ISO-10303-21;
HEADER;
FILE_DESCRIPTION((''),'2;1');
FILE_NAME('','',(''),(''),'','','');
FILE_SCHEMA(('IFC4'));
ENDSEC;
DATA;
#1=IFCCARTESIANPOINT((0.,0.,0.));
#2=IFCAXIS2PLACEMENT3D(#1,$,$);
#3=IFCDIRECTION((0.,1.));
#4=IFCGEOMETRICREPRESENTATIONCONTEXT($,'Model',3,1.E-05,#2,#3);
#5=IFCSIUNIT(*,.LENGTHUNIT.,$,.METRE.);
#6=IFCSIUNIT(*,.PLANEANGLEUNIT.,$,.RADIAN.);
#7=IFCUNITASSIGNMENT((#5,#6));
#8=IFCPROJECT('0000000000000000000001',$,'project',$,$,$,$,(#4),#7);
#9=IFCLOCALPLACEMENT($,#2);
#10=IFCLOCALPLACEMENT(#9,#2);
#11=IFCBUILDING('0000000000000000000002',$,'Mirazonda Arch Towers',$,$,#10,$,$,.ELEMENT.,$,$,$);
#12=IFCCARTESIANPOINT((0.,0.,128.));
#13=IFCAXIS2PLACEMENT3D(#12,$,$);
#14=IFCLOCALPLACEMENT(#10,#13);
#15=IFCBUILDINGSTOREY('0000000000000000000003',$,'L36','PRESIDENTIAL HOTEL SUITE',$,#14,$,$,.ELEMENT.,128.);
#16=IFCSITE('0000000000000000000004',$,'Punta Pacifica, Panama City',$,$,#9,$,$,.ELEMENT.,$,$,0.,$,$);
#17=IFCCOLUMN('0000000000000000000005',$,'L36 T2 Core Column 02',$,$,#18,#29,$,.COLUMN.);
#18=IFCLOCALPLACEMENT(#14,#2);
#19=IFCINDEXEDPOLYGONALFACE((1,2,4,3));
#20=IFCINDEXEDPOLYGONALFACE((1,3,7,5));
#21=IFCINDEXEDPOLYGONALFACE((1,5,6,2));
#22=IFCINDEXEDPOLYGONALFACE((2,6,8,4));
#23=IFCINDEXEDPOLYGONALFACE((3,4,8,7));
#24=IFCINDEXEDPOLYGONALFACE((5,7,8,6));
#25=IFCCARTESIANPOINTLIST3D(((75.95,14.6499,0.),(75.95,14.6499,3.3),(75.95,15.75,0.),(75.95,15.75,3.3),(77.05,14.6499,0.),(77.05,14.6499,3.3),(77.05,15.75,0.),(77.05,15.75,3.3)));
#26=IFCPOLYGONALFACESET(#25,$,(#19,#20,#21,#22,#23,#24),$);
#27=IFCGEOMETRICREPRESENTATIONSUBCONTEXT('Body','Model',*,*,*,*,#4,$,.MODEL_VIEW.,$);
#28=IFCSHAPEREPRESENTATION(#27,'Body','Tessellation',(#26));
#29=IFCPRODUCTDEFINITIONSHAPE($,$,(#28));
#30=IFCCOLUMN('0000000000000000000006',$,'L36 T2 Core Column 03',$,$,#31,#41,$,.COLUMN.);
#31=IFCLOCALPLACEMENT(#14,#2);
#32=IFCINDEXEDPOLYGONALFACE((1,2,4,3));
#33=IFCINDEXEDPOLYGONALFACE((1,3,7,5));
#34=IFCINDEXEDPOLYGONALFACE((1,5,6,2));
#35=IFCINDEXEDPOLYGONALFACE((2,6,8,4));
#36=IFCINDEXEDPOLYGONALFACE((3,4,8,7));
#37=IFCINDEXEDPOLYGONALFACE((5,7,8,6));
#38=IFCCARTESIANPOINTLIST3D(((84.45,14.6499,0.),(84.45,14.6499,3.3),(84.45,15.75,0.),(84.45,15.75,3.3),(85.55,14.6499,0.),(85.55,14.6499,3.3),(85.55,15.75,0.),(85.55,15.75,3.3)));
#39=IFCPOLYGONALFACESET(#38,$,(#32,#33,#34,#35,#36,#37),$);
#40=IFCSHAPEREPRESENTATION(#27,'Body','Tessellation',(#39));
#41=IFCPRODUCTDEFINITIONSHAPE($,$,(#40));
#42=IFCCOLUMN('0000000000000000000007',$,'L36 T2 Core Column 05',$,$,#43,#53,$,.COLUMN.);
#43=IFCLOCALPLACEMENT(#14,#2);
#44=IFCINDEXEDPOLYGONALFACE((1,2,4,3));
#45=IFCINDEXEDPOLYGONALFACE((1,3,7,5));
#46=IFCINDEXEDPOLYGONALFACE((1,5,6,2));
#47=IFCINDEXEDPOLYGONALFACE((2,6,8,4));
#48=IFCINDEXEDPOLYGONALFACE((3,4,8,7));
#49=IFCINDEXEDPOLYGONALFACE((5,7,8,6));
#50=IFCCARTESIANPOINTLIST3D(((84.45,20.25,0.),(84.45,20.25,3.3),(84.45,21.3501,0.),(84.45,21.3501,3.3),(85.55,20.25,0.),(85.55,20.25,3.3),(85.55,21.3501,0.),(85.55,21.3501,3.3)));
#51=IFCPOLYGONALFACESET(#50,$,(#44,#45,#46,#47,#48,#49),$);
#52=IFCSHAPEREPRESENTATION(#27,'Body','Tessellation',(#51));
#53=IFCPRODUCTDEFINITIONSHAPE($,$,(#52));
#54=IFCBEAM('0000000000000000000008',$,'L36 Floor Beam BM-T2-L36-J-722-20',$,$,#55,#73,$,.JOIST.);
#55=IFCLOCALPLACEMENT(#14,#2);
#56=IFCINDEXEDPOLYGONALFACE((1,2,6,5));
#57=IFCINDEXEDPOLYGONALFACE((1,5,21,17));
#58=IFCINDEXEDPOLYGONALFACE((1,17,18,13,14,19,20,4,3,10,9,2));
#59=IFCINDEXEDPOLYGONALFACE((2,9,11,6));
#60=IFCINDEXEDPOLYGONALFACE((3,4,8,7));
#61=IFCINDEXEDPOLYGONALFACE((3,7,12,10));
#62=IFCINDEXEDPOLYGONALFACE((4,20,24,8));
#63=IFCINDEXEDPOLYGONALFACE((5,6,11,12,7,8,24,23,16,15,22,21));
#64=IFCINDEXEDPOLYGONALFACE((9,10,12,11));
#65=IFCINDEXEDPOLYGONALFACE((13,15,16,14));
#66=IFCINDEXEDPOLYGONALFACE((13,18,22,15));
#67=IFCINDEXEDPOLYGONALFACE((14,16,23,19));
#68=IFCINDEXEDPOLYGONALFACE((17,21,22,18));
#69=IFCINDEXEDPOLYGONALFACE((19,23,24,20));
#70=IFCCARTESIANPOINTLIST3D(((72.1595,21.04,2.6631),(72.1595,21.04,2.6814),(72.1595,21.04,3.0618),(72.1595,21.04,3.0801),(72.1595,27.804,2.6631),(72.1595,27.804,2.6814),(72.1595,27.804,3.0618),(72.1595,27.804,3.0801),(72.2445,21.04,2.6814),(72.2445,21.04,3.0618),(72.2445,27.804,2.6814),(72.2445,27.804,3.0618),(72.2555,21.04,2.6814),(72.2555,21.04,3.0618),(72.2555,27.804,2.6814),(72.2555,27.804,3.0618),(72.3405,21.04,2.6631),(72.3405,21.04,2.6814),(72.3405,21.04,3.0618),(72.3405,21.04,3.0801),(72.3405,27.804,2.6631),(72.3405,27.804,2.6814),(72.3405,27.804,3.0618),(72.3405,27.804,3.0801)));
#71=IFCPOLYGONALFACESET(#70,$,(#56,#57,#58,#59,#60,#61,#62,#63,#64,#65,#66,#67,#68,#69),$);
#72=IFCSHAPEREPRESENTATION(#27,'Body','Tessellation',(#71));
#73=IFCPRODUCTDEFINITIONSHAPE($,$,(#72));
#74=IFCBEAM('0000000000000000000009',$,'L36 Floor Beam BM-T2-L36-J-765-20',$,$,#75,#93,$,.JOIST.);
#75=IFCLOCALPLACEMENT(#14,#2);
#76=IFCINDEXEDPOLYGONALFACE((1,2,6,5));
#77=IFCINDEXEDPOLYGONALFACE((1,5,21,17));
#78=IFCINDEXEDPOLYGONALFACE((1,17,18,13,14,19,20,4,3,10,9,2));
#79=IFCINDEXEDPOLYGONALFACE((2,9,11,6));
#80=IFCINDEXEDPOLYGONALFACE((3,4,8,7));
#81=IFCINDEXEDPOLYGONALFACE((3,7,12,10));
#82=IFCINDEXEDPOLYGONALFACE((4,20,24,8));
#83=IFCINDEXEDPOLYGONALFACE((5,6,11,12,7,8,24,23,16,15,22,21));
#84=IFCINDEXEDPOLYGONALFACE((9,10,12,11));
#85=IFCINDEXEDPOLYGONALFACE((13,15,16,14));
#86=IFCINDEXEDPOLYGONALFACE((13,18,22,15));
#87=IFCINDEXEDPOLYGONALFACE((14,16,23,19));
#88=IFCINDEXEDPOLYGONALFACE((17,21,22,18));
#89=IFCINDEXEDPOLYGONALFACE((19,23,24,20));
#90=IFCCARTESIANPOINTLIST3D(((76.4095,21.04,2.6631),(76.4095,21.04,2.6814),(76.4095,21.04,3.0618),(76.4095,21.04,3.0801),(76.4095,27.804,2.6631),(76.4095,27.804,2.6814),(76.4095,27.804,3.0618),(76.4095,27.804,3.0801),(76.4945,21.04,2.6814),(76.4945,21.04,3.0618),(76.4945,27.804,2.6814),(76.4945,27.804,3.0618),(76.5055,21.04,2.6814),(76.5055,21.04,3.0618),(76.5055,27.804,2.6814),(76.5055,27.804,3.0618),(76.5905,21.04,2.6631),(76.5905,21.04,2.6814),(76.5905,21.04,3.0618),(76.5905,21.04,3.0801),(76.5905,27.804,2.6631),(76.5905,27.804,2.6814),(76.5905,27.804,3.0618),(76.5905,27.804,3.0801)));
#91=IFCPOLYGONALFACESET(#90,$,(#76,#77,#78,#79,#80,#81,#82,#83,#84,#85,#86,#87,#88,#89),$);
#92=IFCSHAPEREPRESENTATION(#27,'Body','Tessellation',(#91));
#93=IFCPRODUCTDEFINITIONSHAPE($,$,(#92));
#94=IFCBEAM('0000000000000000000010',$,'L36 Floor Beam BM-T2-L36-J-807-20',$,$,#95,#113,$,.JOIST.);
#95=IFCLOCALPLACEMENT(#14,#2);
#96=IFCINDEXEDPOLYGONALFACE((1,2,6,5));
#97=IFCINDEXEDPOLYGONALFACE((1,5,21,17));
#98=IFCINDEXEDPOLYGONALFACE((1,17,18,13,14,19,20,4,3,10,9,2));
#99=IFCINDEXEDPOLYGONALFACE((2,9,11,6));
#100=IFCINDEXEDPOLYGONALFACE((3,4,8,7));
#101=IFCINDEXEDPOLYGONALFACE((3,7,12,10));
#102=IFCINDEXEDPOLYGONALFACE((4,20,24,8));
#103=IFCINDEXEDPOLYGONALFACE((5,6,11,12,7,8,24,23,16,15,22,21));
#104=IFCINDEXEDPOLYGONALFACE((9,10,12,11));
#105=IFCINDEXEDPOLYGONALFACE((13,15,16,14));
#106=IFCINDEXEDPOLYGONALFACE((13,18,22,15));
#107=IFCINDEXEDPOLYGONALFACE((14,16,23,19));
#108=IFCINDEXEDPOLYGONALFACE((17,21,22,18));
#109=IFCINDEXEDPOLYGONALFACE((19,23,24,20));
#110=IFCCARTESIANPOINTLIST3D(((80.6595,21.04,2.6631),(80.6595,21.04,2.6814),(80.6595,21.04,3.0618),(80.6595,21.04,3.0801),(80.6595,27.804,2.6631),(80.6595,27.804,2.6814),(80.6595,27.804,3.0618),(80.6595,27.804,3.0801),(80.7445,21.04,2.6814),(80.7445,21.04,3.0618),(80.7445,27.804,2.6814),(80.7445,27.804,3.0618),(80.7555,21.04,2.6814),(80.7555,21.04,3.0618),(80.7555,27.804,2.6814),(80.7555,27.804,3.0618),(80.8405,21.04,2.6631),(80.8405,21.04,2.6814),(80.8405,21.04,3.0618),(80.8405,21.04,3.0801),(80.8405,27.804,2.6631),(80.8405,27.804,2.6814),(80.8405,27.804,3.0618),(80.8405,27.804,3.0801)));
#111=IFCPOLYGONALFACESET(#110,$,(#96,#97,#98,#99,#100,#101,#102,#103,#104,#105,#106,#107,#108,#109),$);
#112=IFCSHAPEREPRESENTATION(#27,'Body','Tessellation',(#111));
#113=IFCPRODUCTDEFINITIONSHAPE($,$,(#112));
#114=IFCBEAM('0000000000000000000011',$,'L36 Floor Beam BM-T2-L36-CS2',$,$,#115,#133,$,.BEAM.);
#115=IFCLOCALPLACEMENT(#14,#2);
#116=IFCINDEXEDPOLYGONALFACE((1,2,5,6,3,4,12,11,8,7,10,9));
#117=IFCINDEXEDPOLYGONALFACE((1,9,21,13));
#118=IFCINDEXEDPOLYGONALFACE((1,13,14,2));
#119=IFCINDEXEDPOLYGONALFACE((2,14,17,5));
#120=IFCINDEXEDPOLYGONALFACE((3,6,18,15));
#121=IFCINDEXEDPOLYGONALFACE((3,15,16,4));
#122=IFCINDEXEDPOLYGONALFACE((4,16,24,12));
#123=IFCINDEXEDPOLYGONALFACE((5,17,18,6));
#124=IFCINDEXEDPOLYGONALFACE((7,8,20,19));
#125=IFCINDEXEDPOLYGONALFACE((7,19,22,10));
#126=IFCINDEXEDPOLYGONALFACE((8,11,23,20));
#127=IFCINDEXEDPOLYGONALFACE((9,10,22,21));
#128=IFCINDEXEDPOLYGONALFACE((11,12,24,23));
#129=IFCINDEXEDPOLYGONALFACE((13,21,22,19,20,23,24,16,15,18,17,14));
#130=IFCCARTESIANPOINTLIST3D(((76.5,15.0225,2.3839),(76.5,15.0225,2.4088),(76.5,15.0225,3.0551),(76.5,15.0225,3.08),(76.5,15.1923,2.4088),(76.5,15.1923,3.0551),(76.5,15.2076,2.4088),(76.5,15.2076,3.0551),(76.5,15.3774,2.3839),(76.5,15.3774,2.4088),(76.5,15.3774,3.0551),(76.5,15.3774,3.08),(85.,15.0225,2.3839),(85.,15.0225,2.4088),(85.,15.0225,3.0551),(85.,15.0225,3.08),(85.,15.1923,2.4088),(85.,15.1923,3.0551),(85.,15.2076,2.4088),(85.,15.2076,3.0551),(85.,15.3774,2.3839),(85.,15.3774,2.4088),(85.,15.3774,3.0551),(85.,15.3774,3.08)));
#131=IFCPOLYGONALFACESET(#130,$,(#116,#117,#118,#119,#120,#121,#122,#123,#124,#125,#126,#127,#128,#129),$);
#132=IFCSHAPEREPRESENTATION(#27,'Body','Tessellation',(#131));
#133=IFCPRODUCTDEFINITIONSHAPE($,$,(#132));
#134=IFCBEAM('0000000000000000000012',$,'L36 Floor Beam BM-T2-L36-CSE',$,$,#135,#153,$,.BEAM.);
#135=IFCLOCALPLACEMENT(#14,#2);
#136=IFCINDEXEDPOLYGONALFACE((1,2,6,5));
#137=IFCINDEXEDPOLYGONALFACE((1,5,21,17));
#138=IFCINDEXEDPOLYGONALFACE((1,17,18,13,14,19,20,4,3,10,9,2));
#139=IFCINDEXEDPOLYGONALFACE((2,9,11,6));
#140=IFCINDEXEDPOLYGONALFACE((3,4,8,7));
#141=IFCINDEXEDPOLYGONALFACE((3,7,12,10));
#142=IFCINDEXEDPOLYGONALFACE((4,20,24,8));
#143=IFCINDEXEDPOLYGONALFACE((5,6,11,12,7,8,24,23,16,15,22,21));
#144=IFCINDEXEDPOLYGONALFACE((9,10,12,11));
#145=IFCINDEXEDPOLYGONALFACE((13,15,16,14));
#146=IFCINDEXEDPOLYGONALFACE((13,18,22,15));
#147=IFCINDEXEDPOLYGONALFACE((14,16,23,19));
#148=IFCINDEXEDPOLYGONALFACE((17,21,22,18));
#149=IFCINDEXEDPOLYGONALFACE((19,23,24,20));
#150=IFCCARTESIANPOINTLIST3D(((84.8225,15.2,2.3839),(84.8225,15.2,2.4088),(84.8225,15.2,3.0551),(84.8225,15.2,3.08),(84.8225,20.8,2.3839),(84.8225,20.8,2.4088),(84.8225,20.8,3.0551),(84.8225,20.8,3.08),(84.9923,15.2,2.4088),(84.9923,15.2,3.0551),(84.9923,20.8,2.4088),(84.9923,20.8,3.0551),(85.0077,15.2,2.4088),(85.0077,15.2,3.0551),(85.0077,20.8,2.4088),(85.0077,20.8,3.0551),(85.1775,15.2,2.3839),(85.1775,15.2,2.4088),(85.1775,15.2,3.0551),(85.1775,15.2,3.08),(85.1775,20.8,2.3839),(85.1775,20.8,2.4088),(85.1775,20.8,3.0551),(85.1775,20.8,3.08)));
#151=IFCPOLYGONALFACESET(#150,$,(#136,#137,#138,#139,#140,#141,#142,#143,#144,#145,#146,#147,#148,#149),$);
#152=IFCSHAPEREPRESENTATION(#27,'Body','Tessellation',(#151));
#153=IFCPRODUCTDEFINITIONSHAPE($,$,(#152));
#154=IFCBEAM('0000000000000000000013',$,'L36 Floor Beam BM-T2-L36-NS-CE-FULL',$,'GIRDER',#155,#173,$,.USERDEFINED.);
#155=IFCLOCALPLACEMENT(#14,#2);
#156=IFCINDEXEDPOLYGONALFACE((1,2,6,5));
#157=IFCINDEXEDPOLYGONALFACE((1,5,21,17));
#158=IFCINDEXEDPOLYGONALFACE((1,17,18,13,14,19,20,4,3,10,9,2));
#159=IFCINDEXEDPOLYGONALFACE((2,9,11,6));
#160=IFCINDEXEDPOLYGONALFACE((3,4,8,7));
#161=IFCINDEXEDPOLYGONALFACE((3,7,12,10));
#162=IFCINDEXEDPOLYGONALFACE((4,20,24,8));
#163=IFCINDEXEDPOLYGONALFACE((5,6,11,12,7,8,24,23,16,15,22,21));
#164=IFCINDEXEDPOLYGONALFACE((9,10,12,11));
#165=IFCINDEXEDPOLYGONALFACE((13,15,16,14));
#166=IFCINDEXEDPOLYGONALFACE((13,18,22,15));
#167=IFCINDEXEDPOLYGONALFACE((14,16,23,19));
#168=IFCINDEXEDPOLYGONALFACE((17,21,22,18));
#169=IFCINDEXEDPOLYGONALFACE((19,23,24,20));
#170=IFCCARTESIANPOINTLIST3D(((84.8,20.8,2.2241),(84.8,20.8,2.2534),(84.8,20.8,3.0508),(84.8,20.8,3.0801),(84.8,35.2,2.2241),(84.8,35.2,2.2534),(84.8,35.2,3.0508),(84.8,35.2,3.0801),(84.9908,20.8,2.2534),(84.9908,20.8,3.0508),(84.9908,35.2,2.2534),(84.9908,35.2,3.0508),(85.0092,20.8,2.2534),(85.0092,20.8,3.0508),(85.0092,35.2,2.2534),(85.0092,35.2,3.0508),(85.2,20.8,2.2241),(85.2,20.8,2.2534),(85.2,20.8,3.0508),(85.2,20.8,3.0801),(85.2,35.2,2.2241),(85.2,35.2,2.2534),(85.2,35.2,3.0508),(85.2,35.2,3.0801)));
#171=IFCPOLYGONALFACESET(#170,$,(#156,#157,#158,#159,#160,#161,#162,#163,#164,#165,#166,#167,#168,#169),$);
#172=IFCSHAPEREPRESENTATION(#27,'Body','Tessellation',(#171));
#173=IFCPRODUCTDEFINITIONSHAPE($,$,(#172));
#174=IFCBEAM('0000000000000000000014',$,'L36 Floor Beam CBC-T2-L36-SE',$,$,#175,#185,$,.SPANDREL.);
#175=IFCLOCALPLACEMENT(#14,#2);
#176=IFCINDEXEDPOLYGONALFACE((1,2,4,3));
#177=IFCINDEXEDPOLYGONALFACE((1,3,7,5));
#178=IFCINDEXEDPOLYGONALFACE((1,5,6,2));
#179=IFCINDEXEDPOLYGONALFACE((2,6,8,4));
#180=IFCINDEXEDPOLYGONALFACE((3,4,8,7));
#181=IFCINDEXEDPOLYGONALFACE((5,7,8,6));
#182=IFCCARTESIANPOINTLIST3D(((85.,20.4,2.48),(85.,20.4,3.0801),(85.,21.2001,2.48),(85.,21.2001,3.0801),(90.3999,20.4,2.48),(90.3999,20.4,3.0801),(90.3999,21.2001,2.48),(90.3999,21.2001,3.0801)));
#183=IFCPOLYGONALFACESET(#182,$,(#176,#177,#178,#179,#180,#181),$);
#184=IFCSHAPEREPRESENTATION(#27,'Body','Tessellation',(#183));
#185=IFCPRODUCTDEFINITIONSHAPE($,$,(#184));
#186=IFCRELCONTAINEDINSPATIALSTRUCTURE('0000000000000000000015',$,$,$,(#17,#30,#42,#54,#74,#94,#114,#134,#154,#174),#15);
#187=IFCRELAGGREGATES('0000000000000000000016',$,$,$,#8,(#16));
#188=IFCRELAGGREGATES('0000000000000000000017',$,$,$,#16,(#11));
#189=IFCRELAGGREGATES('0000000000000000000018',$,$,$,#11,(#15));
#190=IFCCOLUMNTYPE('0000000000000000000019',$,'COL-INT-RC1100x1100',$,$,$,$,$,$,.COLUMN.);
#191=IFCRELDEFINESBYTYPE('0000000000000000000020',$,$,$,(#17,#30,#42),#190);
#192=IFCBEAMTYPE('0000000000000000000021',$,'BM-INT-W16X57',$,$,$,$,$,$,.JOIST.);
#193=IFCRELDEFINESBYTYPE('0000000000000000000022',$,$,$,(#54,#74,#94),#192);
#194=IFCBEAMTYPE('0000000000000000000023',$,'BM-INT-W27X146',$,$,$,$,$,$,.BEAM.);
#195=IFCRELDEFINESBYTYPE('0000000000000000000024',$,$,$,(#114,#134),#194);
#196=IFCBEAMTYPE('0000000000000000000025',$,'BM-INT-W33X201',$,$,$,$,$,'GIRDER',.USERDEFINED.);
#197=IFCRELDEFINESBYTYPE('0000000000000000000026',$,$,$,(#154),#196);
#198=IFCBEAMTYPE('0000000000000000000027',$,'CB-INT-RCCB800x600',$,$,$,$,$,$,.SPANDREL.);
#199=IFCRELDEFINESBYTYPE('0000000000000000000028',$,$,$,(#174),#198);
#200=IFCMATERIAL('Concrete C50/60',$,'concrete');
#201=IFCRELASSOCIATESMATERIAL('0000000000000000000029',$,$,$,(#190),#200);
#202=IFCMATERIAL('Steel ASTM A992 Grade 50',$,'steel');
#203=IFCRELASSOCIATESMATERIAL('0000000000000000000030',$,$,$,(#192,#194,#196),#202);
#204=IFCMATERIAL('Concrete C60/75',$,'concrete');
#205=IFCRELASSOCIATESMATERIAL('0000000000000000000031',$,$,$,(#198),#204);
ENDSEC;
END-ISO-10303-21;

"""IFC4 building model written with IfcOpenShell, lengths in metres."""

from ifc_helpers import new_model, si_unit, direction, frame, origin, origin_2d, place, context, subcontext, project, spatial, rectangle, i_section, extrude, material, material_profile, profile_set, type_object, element, save


model = new_model("IFC4")

# Units and contexts
model_context = context("Model", 3, precision=1e-05, world=origin(), true_north=direction((0.0, 1.0)))
body_context = subcontext(model_context, "Body", "Model", "MODEL_VIEW")
ifc_project = project(units=[si_unit("LENGTHUNIT", "METRE"), si_unit("PLANEANGLEUNIT", "RADIAN")], contexts=[model_context])

# Site, building, storey
site_placement = place(None, origin())
site = spatial("IfcSite", under=ifc_project, at=site_placement, Name="Punta Pacifica, Panama City", CompositionType="ELEMENT", RefElevation=0.0)
building_placement = place(site_placement, origin())
building = spatial("IfcBuilding", under=site, at=building_placement, Name="Mirazonda Arch Towers", CompositionType="ELEMENT")
storey_placement = place(building_placement, frame((0.0, 0.0, 128.0)))
storey = spatial("IfcBuildingStorey", under=building, at=storey_placement, Name="L36", Description="PRESIDENTIAL HOTEL SUITE", CompositionType="ELEMENT", Elevation=128.0)

# Columns
ifc_material_1 = material(Name="Concrete C50/60", Category="concrete")
ifc_material_profile_1 = material_profile(ifc_material_1, rectangle(XDim=1.1001, YDim=1.1001, at=origin_2d()), Name="RC1100x1100")
ifc_profile_set_1 = profile_set([ifc_material_profile_1], Name="Concrete C50/60")
column_type = type_object("IfcColumnType", Name="COL-INT-RC1100x1100", PredefinedType="COLUMN", material=ifc_profile_set_1)
for number, where, z_axis, x_axis, name in (
    (1, (76.5, 15.2, 0.0), (0.0, 0.0, 1.0), (1.0, 0.0, 0.0), "L36 T2 Core Column 02"),
    (2, (85.0, 15.2, 0.0), (0.0, 0.0, 1.0), (1.0, 0.0, 0.0), "L36 T2 Core Column 03"),
    (3, (85.0, 20.8, 0.0), (0.0, 0.0, 1.0), (1.0, 0.0, 0.0), "L36 T2 Core Column 05"),
):
    element("IfcColumn", number, at=place(storey_placement, frame(where, z_axis=z_axis, x_axis=x_axis)), inside=storey, type_object=column_type, Name=name, PredefinedType="COLUMN", context=body_context, shape_type="SweptSolid", body=[
        extrude(rectangle(XDim=1.1001, YDim=1.1001, at=origin_2d()), origin(), (0.0, 0.0, 1.0), 3.3),
    ])

# Beams
ifc_material_2 = material(Name="Steel ASTM A992 Grade 50", Category="steel")
ifc_material_profile_2 = material_profile(ifc_material_2, i_section(OverallWidth=0.1809, OverallDepth=0.417, WebThickness=0.011, FlangeThickness=0.0183, at=origin_2d()), Name="W16X57")
ifc_profile_set_2 = profile_set([ifc_material_profile_2], Name="Steel ASTM A992 Grade 50")
beam_type_1 = type_object("IfcBeamType", Name="BM-INT-W16X57", PredefinedType="JOIST", material=ifc_profile_set_2)
for number, where, z_axis, x_axis, name in (
    (4, (72.25, 21.04, 2.8716), (0.0, 1.0, 0.0), (-1.0, 0.0, 0.0), "L36 Floor Beam BM-T2-L36-J-722-20"),
    (5, (76.5, 21.04, 2.8716), (0.0, 1.0, 0.0), (-1.0, 0.0, 0.0), "L36 Floor Beam BM-T2-L36-J-765-20"),
    (6, (80.75, 21.04, 2.8716), (0.0, 1.0, 0.0), (-1.0, 0.0, 0.0), "L36 Floor Beam BM-T2-L36-J-807-20"),
):
    element("IfcBeam", number, at=place(storey_placement, frame(where, z_axis=z_axis, x_axis=x_axis)), inside=storey, type_object=beam_type_1, Name=name, PredefinedType="JOIST", context=body_context, shape_type="SweptSolid", body=[
        extrude(i_section(OverallWidth=0.1809, OverallDepth=0.417, WebThickness=0.011, FlangeThickness=0.0183, at=origin_2d()), origin(), (0.0, 0.0, 1.0), 6.7639),
    ])
ifc_material_profile_3 = material_profile(ifc_material_2, i_section(OverallWidth=0.355, OverallDepth=0.696, WebThickness=0.0154, FlangeThickness=0.0249, at=origin_2d()), Name="W27X146")
ifc_profile_set_3 = profile_set([ifc_material_profile_3], Name="Steel ASTM A992 Grade 50")
beam_type_2 = type_object("IfcBeamType", Name="BM-INT-W27X146", PredefinedType="BEAM", material=ifc_profile_set_3)
beam_1_placement = place(storey_placement, frame((76.5, 15.2, 2.7319), z_axis=(1.0, 0.0, 0.0), x_axis=(0.0, 1.0, 0.0)))
element("IfcBeam", 7, at=beam_1_placement, inside=storey, type_object=beam_type_2, Name="L36 Floor Beam BM-T2-L36-CS2", PredefinedType="BEAM", context=body_context, shape_type="SweptSolid", body=[
    extrude(i_section(OverallWidth=0.355, OverallDepth=0.696, WebThickness=0.0154, FlangeThickness=0.0249, at=origin_2d()), origin(), (0.0, 0.0, 1.0), 8.5),
])
beam_2_placement = place(storey_placement, frame((85.0, 15.2, 2.7319), z_axis=(0.0, 1.0, 0.0), x_axis=(-1.0, 0.0, 0.0)))
element("IfcBeam", 8, at=beam_2_placement, inside=storey, type_object=beam_type_2, Name="L36 Floor Beam BM-T2-L36-CSE", PredefinedType="BEAM", context=body_context, shape_type="SweptSolid", body=[
    extrude(i_section(OverallWidth=0.355, OverallDepth=0.696, WebThickness=0.0154, FlangeThickness=0.0249, at=origin_2d()), origin(), (0.0, 0.0, 1.0), 5.6001),
])
ifc_material_profile_4 = material_profile(ifc_material_2, i_section(OverallWidth=0.3999, OverallDepth=0.856, WebThickness=0.0183, FlangeThickness=0.0293, at=origin_2d()), Name="W33X201")
ifc_profile_set_4 = profile_set([ifc_material_profile_4], Name="Steel ASTM A992 Grade 50")
beam_type_3 = type_object("IfcBeamType", Name="BM-INT-W33X201", ElementType="GIRDER", PredefinedType="USERDEFINED", material=ifc_profile_set_4)
beam_3_placement = place(storey_placement, frame((85.0, 20.8, 2.6521), z_axis=(0.0, 1.0, 0.0), x_axis=(-1.0, 0.0, 0.0)))
element("IfcBeam", 9, at=beam_3_placement, inside=storey, type_object=beam_type_3, Name="L36 Floor Beam BM-T2-L36-NS-CE-FULL", ObjectType="GIRDER", PredefinedType="USERDEFINED", context=body_context, shape_type="SweptSolid", body=[
    extrude(i_section(OverallWidth=0.3999, OverallDepth=0.856, WebThickness=0.0183, FlangeThickness=0.0293, at=origin_2d()), origin(), (0.0, 0.0, 1.0), 14.3999),
])
ifc_material_3 = material(Name="Concrete C60/75", Category="concrete")
ifc_material_profile_5 = material_profile(ifc_material_3, rectangle(XDim=0.8, YDim=0.6001, at=origin_2d()), Name="RCCB800x600")
ifc_profile_set_5 = profile_set([ifc_material_profile_5], Name="Concrete C60/75")
beam_type_4 = type_object("IfcBeamType", Name="CB-INT-RCCB800x600", PredefinedType="SPANDREL", material=ifc_profile_set_5)
beam_4_placement = place(storey_placement, frame((85.0, 20.8, 2.78), z_axis=(1.0, 0.0, 0.0), x_axis=(0.0, 1.0, 0.0)))
element("IfcBeam", 10, at=beam_4_placement, inside=storey, type_object=beam_type_4, Name="L36 Floor Beam CBC-T2-L36-SE", PredefinedType="SPANDREL", context=body_context, shape_type="SweptSolid", body=[
    extrude(rectangle(XDim=0.8, YDim=0.6001, at=origin_2d()), origin(), (0.0, 0.0, 1.0), 5.3999),
])

save(model, "model.ifc")
